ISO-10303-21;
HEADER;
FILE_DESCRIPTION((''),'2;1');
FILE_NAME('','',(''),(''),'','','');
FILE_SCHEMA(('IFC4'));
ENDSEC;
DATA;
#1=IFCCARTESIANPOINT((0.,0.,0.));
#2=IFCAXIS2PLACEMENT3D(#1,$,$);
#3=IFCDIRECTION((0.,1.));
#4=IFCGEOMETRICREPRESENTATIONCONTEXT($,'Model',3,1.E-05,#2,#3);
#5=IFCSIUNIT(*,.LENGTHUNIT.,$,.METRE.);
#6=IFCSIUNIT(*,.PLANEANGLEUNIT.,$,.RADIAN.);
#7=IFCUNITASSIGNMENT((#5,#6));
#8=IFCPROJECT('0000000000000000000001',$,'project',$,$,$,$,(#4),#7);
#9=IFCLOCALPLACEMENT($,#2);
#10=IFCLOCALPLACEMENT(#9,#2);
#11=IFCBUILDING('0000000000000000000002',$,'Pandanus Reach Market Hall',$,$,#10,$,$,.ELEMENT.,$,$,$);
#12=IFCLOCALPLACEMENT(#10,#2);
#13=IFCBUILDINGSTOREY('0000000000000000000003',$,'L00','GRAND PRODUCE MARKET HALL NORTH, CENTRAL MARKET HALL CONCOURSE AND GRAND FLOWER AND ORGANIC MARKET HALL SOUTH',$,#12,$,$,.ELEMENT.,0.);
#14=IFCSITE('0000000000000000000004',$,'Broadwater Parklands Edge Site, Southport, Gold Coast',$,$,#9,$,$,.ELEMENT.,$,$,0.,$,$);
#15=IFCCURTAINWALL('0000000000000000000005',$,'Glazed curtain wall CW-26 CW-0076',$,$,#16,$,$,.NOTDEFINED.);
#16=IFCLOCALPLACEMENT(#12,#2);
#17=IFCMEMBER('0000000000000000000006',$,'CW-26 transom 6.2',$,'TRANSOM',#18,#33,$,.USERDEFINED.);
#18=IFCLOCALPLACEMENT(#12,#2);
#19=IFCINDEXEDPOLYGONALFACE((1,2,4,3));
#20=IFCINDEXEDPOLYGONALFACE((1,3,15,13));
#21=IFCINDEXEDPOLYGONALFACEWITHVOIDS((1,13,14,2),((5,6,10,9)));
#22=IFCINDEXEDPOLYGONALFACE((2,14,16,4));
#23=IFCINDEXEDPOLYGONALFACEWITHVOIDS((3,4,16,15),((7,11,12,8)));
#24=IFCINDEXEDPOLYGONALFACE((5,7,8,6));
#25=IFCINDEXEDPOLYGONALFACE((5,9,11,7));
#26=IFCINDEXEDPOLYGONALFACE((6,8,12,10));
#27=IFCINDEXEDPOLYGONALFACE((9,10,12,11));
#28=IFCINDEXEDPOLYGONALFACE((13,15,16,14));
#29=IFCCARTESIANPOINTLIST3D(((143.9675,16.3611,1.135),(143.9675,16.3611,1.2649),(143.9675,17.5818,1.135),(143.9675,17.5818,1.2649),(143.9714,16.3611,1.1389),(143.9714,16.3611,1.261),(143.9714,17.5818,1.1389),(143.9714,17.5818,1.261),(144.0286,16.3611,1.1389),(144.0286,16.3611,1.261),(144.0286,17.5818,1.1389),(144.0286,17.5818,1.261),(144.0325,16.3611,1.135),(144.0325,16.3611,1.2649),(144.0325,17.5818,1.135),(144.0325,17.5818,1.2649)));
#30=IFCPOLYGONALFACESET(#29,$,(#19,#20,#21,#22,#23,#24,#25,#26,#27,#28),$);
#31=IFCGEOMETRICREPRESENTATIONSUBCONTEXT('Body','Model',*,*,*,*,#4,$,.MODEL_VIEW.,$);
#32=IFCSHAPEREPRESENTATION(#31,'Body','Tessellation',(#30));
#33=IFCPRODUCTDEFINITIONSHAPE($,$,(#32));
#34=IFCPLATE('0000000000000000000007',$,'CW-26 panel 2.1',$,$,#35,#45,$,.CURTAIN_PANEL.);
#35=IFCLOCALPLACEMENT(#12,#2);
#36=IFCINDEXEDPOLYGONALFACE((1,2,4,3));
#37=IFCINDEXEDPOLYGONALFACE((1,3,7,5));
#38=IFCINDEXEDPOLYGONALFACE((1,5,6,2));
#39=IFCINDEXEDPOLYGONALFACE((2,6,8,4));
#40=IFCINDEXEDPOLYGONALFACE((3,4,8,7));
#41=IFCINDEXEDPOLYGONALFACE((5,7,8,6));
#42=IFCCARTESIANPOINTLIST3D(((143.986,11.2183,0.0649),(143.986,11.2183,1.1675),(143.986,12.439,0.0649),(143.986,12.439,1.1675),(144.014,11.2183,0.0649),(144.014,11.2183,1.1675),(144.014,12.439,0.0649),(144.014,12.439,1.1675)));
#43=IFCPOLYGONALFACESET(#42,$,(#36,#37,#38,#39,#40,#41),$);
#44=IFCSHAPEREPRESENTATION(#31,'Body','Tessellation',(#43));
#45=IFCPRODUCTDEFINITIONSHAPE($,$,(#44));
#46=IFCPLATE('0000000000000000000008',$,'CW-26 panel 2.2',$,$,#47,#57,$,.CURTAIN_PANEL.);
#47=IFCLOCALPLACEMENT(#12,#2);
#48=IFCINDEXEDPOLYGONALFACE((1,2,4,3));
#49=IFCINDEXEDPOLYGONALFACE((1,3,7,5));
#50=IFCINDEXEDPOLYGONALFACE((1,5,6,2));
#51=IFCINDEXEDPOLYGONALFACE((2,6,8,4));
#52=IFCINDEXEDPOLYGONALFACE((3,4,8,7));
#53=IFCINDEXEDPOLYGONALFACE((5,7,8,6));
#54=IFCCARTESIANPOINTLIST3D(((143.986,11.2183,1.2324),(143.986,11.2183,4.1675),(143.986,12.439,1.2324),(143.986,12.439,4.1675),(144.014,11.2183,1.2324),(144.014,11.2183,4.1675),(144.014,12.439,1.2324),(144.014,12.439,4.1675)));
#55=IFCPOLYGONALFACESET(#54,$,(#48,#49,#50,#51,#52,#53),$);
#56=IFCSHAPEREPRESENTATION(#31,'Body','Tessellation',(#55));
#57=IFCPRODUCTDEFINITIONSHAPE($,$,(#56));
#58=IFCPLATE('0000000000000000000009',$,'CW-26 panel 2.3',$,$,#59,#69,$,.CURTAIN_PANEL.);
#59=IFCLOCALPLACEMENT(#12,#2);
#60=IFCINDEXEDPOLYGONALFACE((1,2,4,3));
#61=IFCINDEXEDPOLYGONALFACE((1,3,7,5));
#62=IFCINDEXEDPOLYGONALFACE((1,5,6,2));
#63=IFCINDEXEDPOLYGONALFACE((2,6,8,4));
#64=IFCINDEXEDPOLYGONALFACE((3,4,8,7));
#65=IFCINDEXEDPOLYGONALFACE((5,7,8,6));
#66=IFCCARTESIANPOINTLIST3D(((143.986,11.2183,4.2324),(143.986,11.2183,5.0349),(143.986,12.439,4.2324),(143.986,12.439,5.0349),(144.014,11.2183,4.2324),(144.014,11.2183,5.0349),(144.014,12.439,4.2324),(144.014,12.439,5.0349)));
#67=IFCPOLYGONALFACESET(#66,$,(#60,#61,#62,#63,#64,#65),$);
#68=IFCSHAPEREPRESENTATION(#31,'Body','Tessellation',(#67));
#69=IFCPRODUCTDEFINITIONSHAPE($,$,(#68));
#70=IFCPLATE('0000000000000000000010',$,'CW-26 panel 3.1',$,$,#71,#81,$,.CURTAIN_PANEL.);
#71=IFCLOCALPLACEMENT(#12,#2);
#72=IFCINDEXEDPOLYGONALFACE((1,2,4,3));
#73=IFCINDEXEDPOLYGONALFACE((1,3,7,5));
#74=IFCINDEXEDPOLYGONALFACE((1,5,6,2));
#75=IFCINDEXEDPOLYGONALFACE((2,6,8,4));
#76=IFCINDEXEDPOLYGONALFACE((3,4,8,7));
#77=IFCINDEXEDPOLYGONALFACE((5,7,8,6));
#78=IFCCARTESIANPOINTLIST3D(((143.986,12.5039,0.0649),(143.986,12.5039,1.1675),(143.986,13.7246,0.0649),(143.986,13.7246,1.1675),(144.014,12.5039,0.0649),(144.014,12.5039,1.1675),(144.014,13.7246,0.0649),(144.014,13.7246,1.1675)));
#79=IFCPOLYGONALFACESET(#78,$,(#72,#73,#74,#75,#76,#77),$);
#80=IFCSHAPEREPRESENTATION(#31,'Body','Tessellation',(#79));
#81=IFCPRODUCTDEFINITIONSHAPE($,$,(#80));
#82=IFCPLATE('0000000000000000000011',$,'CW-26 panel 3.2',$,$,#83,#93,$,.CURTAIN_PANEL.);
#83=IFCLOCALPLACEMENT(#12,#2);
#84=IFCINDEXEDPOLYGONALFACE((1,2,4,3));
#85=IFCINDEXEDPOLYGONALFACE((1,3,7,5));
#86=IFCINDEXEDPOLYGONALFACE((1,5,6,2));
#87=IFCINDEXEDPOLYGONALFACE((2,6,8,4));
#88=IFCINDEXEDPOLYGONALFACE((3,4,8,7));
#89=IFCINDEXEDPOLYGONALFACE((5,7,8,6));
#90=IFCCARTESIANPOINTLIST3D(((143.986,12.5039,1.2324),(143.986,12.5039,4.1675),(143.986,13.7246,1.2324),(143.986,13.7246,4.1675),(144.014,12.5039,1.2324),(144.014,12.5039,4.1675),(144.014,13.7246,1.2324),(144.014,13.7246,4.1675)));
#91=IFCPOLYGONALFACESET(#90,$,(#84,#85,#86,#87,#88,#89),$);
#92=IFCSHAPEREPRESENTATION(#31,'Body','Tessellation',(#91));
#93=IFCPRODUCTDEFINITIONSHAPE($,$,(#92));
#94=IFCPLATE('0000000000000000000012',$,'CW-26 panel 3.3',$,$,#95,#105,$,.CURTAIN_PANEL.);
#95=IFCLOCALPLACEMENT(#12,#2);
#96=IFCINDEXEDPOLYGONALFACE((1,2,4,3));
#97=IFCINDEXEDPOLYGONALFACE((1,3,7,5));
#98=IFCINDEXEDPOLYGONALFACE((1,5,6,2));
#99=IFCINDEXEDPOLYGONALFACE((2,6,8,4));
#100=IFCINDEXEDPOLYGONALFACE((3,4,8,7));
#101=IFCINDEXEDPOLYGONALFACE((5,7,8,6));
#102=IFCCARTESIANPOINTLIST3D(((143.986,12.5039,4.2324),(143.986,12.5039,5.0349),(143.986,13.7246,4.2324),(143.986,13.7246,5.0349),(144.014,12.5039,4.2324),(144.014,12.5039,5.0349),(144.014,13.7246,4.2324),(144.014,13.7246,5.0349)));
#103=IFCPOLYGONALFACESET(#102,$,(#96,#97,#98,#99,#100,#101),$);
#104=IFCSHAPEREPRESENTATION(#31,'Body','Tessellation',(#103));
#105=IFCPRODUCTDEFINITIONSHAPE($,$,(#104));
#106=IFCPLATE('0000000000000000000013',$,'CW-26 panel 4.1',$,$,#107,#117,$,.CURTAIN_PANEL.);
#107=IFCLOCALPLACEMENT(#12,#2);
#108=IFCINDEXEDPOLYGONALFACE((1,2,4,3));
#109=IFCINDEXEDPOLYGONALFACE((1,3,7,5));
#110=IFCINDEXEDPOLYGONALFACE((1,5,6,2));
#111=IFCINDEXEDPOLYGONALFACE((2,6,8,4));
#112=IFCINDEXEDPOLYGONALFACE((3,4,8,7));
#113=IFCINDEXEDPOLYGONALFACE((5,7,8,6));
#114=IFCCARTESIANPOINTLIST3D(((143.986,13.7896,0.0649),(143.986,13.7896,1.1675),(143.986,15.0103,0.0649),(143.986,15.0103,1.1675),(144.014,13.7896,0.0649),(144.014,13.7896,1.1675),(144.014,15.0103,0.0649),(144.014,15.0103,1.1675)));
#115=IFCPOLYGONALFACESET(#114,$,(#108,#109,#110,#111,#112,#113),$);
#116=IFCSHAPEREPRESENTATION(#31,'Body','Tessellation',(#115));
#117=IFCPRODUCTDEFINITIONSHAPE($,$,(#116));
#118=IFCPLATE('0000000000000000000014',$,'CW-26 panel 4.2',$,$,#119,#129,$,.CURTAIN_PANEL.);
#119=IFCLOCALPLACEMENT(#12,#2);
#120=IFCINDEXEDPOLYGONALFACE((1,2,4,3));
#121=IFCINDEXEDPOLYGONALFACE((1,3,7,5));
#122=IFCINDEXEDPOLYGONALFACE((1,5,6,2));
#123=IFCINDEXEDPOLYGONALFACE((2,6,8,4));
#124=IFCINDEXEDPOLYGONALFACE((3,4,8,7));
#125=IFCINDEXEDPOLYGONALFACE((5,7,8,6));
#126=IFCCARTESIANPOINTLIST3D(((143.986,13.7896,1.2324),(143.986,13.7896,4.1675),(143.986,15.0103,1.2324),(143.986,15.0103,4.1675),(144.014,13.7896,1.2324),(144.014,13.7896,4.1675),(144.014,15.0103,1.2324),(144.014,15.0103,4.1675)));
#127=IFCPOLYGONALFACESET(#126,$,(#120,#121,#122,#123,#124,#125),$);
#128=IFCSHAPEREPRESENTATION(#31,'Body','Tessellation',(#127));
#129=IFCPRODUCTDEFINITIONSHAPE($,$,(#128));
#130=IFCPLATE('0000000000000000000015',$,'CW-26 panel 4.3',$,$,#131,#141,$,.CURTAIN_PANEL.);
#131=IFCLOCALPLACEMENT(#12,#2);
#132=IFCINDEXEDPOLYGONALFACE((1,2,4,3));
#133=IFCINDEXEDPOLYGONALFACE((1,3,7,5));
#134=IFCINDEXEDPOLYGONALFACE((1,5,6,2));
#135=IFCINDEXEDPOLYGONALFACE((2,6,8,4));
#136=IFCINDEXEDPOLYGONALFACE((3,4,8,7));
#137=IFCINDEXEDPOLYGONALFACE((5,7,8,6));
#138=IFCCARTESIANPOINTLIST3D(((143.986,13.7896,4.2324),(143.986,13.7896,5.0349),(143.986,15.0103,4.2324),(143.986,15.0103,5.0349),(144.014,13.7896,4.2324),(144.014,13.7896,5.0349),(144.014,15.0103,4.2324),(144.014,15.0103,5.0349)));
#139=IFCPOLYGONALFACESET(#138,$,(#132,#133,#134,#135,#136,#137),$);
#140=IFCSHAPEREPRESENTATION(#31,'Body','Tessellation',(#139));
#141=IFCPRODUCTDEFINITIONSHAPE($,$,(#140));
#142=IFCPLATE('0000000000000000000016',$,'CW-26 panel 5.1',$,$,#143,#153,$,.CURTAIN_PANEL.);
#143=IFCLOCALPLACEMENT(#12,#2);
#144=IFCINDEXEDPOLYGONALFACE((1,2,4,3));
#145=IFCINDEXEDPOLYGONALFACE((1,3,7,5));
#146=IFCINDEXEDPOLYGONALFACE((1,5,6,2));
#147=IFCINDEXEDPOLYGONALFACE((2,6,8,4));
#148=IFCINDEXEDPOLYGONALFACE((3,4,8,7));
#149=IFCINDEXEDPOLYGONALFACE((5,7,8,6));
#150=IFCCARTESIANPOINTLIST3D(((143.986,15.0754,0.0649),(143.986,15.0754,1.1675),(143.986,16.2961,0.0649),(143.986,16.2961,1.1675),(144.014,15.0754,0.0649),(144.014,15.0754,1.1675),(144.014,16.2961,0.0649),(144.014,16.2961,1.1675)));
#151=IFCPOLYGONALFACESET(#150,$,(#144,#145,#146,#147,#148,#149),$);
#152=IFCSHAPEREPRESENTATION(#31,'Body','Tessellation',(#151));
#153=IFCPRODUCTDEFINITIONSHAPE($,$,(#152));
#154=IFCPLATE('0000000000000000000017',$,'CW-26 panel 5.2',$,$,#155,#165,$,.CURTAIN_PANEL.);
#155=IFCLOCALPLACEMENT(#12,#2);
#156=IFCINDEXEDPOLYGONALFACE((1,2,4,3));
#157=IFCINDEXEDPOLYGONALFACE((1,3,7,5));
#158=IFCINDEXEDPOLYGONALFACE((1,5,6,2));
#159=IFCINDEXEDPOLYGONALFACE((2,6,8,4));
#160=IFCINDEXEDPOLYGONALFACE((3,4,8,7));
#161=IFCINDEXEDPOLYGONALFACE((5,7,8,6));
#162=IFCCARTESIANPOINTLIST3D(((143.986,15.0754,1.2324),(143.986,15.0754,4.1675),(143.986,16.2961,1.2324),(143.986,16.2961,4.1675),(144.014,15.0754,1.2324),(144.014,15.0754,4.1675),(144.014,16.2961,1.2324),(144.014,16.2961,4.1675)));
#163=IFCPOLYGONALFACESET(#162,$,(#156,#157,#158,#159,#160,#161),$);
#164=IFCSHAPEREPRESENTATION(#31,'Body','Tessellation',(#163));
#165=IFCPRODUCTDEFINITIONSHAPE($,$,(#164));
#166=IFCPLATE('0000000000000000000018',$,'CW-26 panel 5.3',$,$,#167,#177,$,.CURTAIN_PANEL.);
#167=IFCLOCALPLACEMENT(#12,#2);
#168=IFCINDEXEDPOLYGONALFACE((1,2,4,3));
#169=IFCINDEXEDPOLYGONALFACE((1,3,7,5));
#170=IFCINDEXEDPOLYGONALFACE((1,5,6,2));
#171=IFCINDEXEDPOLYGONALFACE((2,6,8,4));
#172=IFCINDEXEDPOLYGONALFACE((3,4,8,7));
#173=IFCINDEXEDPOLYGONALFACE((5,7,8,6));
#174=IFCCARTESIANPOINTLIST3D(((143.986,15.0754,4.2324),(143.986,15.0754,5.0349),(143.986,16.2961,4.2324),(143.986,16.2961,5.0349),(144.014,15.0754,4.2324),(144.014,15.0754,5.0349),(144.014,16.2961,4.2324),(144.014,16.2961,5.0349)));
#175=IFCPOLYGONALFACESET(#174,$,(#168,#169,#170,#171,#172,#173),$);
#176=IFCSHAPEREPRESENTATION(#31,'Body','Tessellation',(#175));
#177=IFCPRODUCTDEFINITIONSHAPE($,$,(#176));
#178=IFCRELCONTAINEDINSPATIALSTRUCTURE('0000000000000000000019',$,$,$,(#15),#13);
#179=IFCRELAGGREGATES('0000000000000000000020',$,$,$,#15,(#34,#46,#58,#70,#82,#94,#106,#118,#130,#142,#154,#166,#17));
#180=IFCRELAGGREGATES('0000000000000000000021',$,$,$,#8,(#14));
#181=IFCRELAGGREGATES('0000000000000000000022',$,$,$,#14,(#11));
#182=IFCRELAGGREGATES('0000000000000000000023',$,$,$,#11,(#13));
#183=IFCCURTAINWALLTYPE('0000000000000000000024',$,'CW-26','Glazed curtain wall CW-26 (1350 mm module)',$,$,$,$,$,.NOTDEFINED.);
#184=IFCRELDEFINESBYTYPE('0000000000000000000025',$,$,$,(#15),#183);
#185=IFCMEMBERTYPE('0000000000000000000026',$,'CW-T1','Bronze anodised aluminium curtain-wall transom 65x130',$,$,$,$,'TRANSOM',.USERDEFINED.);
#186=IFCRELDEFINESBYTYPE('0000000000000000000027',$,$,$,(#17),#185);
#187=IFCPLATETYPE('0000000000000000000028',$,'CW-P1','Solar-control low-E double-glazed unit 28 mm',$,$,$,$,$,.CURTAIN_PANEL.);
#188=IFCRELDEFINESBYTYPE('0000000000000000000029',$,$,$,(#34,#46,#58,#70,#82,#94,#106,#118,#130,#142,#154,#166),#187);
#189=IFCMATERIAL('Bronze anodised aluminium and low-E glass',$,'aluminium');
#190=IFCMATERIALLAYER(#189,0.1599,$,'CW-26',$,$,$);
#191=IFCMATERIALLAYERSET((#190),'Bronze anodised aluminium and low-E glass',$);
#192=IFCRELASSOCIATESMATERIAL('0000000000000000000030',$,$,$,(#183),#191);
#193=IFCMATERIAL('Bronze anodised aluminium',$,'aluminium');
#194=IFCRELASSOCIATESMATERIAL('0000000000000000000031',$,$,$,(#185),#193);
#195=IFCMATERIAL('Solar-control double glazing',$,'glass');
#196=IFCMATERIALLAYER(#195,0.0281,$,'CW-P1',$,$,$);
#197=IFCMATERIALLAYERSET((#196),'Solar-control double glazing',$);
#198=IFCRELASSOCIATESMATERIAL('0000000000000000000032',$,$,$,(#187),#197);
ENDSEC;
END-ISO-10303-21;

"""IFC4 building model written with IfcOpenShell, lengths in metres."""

from ifc_helpers import new_model, si_unit, direction, frame, origin, origin_2d, place, context, subcontext, project, spatial, rectangle, hollow_rectangle, extrude, material, layer, layer_set, material_profile, profile_set, type_object, element, aggregate, save


model = new_model("IFC4")

# Units and contexts
model_context = context("Model", 3, precision=1e-05, world=origin(), true_north=direction((0.0, 1.0)))
body_context = subcontext(model_context, "Body", "Model", "MODEL_VIEW")
ifc_project = project(units=[si_unit("LENGTHUNIT", "METRE"), si_unit("PLANEANGLEUNIT", "RADIAN")], contexts=[model_context])

# Site, building, storey
site_placement = place(None, origin())
site = spatial("IfcSite", under=ifc_project, at=site_placement, Name="Broadwater Parklands Edge Site, Southport, Gold Coast", CompositionType="ELEMENT", RefElevation=0.0)
building_placement = place(site_placement, origin())
building = spatial("IfcBuilding", under=site, at=building_placement, Name="Pandanus Reach Market Hall", CompositionType="ELEMENT")
storey_placement = place(building_placement, origin())
storey = spatial("IfcBuildingStorey", under=building, at=storey_placement, Name="L00", Description="GRAND PRODUCE MARKET HALL NORTH, CENTRAL MARKET HALL CONCOURSE AND GRAND FLOWER AND ORGANIC MARKET HALL SOUTH", CompositionType="ELEMENT", Elevation=0.0)

# Curtain wall, member, plates
ifc_material_1 = material(Name="Bronze anodised aluminium and low-E glass", Category="aluminium")
ifc_layer_1 = layer(ifc_material_1, 0.1599, Name="CW-26")
ifc_layer_set_1 = layer_set([ifc_layer_1], Name="Bronze anodised aluminium and low-E glass")
curtain_wall_type = type_object("IfcCurtainWallType", Name="CW-26", Description="Glazed curtain wall CW-26 (1350 mm module)", PredefinedType="NOTDEFINED", material=ifc_layer_set_1)
curtain_wall_placement = place(storey_placement, origin())
curtain_wall = element("IfcCurtainWall", 1, at=curtain_wall_placement, inside=storey, type_object=curtain_wall_type, Name="Glazed curtain wall CW-26 CW-0076", PredefinedType="NOTDEFINED")
ifc_material_2 = material(Name="Bronze anodised aluminium", Category="aluminium")
ifc_material_profile_1 = material_profile(ifc_material_2, hollow_rectangle(XDim=0.0649, YDim=0.1299, WallThickness=0.0039, at=origin_2d()), Name="ALU65x130", Category="LoadBearing")
ifc_profile_set_1 = profile_set([ifc_material_profile_1], Name="Bronze anodised aluminium")
member_type_1 = type_object("IfcMemberType", Name="CW-T1", Description="Bronze anodised aluminium curtain-wall transom 65x130", ElementType="TRANSOM", PredefinedType="USERDEFINED", material=ifc_profile_set_1)
member_1_placement = place(storey_placement, frame((144.0, 16.3611, 1.2), z_axis=(0.0, 1.0, 0.0), x_axis=(-1.0, 0.0, 0.0)))
member_1 = element("IfcMember", 2, at=member_1_placement, type_object=member_type_1, Name="CW-26 transom 6.2", ObjectType="TRANSOM", PredefinedType="USERDEFINED", context=body_context, shape_type="SweptSolid", body=[
    extrude(hollow_rectangle(XDim=0.0649, YDim=0.1299, WallThickness=0.0039, at=origin_2d()), origin(), (0.0, 0.0, 1.0), 1.2207),
])
ifc_material_3 = material(Name="Solar-control double glazing", Category="glass")
ifc_layer_2 = layer(ifc_material_3, 0.0281, Name="CW-P1")
ifc_layer_set_2 = layer_set([ifc_layer_2], Name="Solar-control double glazing")
plate_type = type_object("IfcPlateType", Name="CW-P1", Description="Solar-control low-E double-glazed unit 28 mm", PredefinedType="CURTAIN_PANEL", material=ifc_layer_set_2)
plate_1_placement = place(storey_placement, frame((144.0, 11.8286, 0.0649), z_axis=(0.0, 0.0, 1.0), x_axis=(0.0, 1.0, 0.0)))
plate_1 = element("IfcPlate", 3, at=plate_1_placement, type_object=plate_type, Name="CW-26 panel 2.1", PredefinedType="CURTAIN_PANEL", context=body_context, shape_type="SweptSolid", body=[
    extrude(rectangle(XDim=1.2207, YDim=0.0281, at=origin_2d()), origin(), (0.0, 0.0, 1.0), 1.1025),
])
plate_2_placement = place(storey_placement, frame((144.0, 11.8286, 1.2324), z_axis=(0.0, 0.0, 1.0), x_axis=(0.0, 1.0, 0.0)))
plate_2 = element("IfcPlate", 4, at=plate_2_placement, type_object=plate_type, Name="CW-26 panel 2.2", PredefinedType="CURTAIN_PANEL", context=body_context, shape_type="SweptSolid", body=[
    extrude(rectangle(XDim=1.2207, YDim=0.0281, at=origin_2d()), origin(), (0.0, 0.0, 1.0), 2.9351),
])
plate_3_placement = place(storey_placement, frame((144.0, 11.8286, 4.2324), z_axis=(0.0, 0.0, 1.0), x_axis=(0.0, 1.0, 0.0)))
plate_3 = element("IfcPlate", 5, at=plate_3_placement, type_object=plate_type, Name="CW-26 panel 2.3", PredefinedType="CURTAIN_PANEL", context=body_context, shape_type="SweptSolid", body=[
    extrude(rectangle(XDim=1.2207, YDim=0.0281, at=origin_2d()), origin(), (0.0, 0.0, 1.0), 0.8025),
])
plate_4_placement = place(storey_placement, frame((144.0, 13.1143, 0.0649), z_axis=(0.0, 0.0, 1.0), x_axis=(0.0, 1.0, 0.0)))
plate_4 = element("IfcPlate", 6, at=plate_4_placement, type_object=plate_type, Name="CW-26 panel 3.1", PredefinedType="CURTAIN_PANEL", context=body_context, shape_type="SweptSolid", body=[
    extrude(rectangle(XDim=1.2207, YDim=0.0281, at=origin_2d()), origin(), (0.0, 0.0, 1.0), 1.1025),
])
plate_5_placement = place(storey_placement, frame((144.0, 13.1143, 1.2324), z_axis=(0.0, 0.0, 1.0), x_axis=(0.0, 1.0, 0.0)))
plate_5 = element("IfcPlate", 7, at=plate_5_placement, type_object=plate_type, Name="CW-26 panel 3.2", PredefinedType="CURTAIN_PANEL", context=body_context, shape_type="SweptSolid", body=[
    extrude(rectangle(XDim=1.2207, YDim=0.0281, at=origin_2d()), origin(), (0.0, 0.0, 1.0), 2.9351),
])
plate_6_placement = place(storey_placement, frame((144.0, 13.1143, 4.2324), z_axis=(0.0, 0.0, 1.0), x_axis=(0.0, 1.0, 0.0)))
plate_6 = element("IfcPlate", 8, at=plate_6_placement, type_object=plate_type, Name="CW-26 panel 3.3", PredefinedType="CURTAIN_PANEL", context=body_context, shape_type="SweptSolid", body=[
    extrude(rectangle(XDim=1.2207, YDim=0.0281, at=origin_2d()), origin(), (0.0, 0.0, 1.0), 0.8025),
])
plate_7_placement = place(storey_placement, frame((144.0, 14.3999, 0.0649), z_axis=(0.0, 0.0, 1.0), x_axis=(0.0, 1.0, 0.0)))
plate_7 = element("IfcPlate", 9, at=plate_7_placement, type_object=plate_type, Name="CW-26 panel 4.1", PredefinedType="CURTAIN_PANEL", context=body_context, shape_type="SweptSolid", body=[
    extrude(rectangle(XDim=1.2207, YDim=0.0281, at=origin_2d()), origin(), (0.0, 0.0, 1.0), 1.1025),
])
plate_8_placement = place(storey_placement, frame((144.0, 14.3999, 1.2324), z_axis=(0.0, 0.0, 1.0), x_axis=(0.0, 1.0, 0.0)))
plate_8 = element("IfcPlate", 10, at=plate_8_placement, type_object=plate_type, Name="CW-26 panel 4.2", PredefinedType="CURTAIN_PANEL", context=body_context, shape_type="SweptSolid", body=[
    extrude(rectangle(XDim=1.2207, YDim=0.0281, at=origin_2d()), origin(), (0.0, 0.0, 1.0), 2.9351),
])
plate_9_placement = place(storey_placement, frame((144.0, 14.3999, 4.2324), z_axis=(0.0, 0.0, 1.0), x_axis=(0.0, 1.0, 0.0)))
plate_9 = element("IfcPlate", 11, at=plate_9_placement, type_object=plate_type, Name="CW-26 panel 4.3", PredefinedType="CURTAIN_PANEL", context=body_context, shape_type="SweptSolid", body=[
    extrude(rectangle(XDim=1.2207, YDim=0.0281, at=origin_2d()), origin(), (0.0, 0.0, 1.0), 0.8025),
])
plate_10_placement = place(storey_placement, frame((144.0, 15.6858, 0.0649), z_axis=(0.0, 0.0, 1.0), x_axis=(0.0, 1.0, 0.0)))
plate_10 = element("IfcPlate", 12, at=plate_10_placement, type_object=plate_type, Name="CW-26 panel 5.1", PredefinedType="CURTAIN_PANEL", context=body_context, shape_type="SweptSolid", body=[
    extrude(rectangle(XDim=1.2207, YDim=0.0281, at=origin_2d()), origin(), (0.0, 0.0, 1.0), 1.1025),
])
plate_11_placement = place(storey_placement, frame((144.0, 15.6858, 1.2324), z_axis=(0.0, 0.0, 1.0), x_axis=(0.0, 1.0, 0.0)))
plate_11 = element("IfcPlate", 13, at=plate_11_placement, type_object=plate_type, Name="CW-26 panel 5.2", PredefinedType="CURTAIN_PANEL", context=body_context, shape_type="SweptSolid", body=[
    extrude(rectangle(XDim=1.2207, YDim=0.0281, at=origin_2d()), origin(), (0.0, 0.0, 1.0), 2.9351),
])
plate_12_placement = place(storey_placement, frame((144.0, 15.6858, 4.2324), z_axis=(0.0, 0.0, 1.0), x_axis=(0.0, 1.0, 0.0)))
plate_12 = element("IfcPlate", 14, at=plate_12_placement, type_object=plate_type, Name="CW-26 panel 5.3", PredefinedType="CURTAIN_PANEL", context=body_context, shape_type="SweptSolid", body=[
    extrude(rectangle(XDim=1.2207, YDim=0.0281, at=origin_2d()), origin(), (0.0, 0.0, 1.0), 0.8025),
])
aggregate(curtain_wall, [plate_1, plate_2, plate_3, plate_4, plate_5, plate_6, plate_7, plate_8, plate_9, plate_10, plate_11, plate_12, member_1])

save(model, "model.ifc")
